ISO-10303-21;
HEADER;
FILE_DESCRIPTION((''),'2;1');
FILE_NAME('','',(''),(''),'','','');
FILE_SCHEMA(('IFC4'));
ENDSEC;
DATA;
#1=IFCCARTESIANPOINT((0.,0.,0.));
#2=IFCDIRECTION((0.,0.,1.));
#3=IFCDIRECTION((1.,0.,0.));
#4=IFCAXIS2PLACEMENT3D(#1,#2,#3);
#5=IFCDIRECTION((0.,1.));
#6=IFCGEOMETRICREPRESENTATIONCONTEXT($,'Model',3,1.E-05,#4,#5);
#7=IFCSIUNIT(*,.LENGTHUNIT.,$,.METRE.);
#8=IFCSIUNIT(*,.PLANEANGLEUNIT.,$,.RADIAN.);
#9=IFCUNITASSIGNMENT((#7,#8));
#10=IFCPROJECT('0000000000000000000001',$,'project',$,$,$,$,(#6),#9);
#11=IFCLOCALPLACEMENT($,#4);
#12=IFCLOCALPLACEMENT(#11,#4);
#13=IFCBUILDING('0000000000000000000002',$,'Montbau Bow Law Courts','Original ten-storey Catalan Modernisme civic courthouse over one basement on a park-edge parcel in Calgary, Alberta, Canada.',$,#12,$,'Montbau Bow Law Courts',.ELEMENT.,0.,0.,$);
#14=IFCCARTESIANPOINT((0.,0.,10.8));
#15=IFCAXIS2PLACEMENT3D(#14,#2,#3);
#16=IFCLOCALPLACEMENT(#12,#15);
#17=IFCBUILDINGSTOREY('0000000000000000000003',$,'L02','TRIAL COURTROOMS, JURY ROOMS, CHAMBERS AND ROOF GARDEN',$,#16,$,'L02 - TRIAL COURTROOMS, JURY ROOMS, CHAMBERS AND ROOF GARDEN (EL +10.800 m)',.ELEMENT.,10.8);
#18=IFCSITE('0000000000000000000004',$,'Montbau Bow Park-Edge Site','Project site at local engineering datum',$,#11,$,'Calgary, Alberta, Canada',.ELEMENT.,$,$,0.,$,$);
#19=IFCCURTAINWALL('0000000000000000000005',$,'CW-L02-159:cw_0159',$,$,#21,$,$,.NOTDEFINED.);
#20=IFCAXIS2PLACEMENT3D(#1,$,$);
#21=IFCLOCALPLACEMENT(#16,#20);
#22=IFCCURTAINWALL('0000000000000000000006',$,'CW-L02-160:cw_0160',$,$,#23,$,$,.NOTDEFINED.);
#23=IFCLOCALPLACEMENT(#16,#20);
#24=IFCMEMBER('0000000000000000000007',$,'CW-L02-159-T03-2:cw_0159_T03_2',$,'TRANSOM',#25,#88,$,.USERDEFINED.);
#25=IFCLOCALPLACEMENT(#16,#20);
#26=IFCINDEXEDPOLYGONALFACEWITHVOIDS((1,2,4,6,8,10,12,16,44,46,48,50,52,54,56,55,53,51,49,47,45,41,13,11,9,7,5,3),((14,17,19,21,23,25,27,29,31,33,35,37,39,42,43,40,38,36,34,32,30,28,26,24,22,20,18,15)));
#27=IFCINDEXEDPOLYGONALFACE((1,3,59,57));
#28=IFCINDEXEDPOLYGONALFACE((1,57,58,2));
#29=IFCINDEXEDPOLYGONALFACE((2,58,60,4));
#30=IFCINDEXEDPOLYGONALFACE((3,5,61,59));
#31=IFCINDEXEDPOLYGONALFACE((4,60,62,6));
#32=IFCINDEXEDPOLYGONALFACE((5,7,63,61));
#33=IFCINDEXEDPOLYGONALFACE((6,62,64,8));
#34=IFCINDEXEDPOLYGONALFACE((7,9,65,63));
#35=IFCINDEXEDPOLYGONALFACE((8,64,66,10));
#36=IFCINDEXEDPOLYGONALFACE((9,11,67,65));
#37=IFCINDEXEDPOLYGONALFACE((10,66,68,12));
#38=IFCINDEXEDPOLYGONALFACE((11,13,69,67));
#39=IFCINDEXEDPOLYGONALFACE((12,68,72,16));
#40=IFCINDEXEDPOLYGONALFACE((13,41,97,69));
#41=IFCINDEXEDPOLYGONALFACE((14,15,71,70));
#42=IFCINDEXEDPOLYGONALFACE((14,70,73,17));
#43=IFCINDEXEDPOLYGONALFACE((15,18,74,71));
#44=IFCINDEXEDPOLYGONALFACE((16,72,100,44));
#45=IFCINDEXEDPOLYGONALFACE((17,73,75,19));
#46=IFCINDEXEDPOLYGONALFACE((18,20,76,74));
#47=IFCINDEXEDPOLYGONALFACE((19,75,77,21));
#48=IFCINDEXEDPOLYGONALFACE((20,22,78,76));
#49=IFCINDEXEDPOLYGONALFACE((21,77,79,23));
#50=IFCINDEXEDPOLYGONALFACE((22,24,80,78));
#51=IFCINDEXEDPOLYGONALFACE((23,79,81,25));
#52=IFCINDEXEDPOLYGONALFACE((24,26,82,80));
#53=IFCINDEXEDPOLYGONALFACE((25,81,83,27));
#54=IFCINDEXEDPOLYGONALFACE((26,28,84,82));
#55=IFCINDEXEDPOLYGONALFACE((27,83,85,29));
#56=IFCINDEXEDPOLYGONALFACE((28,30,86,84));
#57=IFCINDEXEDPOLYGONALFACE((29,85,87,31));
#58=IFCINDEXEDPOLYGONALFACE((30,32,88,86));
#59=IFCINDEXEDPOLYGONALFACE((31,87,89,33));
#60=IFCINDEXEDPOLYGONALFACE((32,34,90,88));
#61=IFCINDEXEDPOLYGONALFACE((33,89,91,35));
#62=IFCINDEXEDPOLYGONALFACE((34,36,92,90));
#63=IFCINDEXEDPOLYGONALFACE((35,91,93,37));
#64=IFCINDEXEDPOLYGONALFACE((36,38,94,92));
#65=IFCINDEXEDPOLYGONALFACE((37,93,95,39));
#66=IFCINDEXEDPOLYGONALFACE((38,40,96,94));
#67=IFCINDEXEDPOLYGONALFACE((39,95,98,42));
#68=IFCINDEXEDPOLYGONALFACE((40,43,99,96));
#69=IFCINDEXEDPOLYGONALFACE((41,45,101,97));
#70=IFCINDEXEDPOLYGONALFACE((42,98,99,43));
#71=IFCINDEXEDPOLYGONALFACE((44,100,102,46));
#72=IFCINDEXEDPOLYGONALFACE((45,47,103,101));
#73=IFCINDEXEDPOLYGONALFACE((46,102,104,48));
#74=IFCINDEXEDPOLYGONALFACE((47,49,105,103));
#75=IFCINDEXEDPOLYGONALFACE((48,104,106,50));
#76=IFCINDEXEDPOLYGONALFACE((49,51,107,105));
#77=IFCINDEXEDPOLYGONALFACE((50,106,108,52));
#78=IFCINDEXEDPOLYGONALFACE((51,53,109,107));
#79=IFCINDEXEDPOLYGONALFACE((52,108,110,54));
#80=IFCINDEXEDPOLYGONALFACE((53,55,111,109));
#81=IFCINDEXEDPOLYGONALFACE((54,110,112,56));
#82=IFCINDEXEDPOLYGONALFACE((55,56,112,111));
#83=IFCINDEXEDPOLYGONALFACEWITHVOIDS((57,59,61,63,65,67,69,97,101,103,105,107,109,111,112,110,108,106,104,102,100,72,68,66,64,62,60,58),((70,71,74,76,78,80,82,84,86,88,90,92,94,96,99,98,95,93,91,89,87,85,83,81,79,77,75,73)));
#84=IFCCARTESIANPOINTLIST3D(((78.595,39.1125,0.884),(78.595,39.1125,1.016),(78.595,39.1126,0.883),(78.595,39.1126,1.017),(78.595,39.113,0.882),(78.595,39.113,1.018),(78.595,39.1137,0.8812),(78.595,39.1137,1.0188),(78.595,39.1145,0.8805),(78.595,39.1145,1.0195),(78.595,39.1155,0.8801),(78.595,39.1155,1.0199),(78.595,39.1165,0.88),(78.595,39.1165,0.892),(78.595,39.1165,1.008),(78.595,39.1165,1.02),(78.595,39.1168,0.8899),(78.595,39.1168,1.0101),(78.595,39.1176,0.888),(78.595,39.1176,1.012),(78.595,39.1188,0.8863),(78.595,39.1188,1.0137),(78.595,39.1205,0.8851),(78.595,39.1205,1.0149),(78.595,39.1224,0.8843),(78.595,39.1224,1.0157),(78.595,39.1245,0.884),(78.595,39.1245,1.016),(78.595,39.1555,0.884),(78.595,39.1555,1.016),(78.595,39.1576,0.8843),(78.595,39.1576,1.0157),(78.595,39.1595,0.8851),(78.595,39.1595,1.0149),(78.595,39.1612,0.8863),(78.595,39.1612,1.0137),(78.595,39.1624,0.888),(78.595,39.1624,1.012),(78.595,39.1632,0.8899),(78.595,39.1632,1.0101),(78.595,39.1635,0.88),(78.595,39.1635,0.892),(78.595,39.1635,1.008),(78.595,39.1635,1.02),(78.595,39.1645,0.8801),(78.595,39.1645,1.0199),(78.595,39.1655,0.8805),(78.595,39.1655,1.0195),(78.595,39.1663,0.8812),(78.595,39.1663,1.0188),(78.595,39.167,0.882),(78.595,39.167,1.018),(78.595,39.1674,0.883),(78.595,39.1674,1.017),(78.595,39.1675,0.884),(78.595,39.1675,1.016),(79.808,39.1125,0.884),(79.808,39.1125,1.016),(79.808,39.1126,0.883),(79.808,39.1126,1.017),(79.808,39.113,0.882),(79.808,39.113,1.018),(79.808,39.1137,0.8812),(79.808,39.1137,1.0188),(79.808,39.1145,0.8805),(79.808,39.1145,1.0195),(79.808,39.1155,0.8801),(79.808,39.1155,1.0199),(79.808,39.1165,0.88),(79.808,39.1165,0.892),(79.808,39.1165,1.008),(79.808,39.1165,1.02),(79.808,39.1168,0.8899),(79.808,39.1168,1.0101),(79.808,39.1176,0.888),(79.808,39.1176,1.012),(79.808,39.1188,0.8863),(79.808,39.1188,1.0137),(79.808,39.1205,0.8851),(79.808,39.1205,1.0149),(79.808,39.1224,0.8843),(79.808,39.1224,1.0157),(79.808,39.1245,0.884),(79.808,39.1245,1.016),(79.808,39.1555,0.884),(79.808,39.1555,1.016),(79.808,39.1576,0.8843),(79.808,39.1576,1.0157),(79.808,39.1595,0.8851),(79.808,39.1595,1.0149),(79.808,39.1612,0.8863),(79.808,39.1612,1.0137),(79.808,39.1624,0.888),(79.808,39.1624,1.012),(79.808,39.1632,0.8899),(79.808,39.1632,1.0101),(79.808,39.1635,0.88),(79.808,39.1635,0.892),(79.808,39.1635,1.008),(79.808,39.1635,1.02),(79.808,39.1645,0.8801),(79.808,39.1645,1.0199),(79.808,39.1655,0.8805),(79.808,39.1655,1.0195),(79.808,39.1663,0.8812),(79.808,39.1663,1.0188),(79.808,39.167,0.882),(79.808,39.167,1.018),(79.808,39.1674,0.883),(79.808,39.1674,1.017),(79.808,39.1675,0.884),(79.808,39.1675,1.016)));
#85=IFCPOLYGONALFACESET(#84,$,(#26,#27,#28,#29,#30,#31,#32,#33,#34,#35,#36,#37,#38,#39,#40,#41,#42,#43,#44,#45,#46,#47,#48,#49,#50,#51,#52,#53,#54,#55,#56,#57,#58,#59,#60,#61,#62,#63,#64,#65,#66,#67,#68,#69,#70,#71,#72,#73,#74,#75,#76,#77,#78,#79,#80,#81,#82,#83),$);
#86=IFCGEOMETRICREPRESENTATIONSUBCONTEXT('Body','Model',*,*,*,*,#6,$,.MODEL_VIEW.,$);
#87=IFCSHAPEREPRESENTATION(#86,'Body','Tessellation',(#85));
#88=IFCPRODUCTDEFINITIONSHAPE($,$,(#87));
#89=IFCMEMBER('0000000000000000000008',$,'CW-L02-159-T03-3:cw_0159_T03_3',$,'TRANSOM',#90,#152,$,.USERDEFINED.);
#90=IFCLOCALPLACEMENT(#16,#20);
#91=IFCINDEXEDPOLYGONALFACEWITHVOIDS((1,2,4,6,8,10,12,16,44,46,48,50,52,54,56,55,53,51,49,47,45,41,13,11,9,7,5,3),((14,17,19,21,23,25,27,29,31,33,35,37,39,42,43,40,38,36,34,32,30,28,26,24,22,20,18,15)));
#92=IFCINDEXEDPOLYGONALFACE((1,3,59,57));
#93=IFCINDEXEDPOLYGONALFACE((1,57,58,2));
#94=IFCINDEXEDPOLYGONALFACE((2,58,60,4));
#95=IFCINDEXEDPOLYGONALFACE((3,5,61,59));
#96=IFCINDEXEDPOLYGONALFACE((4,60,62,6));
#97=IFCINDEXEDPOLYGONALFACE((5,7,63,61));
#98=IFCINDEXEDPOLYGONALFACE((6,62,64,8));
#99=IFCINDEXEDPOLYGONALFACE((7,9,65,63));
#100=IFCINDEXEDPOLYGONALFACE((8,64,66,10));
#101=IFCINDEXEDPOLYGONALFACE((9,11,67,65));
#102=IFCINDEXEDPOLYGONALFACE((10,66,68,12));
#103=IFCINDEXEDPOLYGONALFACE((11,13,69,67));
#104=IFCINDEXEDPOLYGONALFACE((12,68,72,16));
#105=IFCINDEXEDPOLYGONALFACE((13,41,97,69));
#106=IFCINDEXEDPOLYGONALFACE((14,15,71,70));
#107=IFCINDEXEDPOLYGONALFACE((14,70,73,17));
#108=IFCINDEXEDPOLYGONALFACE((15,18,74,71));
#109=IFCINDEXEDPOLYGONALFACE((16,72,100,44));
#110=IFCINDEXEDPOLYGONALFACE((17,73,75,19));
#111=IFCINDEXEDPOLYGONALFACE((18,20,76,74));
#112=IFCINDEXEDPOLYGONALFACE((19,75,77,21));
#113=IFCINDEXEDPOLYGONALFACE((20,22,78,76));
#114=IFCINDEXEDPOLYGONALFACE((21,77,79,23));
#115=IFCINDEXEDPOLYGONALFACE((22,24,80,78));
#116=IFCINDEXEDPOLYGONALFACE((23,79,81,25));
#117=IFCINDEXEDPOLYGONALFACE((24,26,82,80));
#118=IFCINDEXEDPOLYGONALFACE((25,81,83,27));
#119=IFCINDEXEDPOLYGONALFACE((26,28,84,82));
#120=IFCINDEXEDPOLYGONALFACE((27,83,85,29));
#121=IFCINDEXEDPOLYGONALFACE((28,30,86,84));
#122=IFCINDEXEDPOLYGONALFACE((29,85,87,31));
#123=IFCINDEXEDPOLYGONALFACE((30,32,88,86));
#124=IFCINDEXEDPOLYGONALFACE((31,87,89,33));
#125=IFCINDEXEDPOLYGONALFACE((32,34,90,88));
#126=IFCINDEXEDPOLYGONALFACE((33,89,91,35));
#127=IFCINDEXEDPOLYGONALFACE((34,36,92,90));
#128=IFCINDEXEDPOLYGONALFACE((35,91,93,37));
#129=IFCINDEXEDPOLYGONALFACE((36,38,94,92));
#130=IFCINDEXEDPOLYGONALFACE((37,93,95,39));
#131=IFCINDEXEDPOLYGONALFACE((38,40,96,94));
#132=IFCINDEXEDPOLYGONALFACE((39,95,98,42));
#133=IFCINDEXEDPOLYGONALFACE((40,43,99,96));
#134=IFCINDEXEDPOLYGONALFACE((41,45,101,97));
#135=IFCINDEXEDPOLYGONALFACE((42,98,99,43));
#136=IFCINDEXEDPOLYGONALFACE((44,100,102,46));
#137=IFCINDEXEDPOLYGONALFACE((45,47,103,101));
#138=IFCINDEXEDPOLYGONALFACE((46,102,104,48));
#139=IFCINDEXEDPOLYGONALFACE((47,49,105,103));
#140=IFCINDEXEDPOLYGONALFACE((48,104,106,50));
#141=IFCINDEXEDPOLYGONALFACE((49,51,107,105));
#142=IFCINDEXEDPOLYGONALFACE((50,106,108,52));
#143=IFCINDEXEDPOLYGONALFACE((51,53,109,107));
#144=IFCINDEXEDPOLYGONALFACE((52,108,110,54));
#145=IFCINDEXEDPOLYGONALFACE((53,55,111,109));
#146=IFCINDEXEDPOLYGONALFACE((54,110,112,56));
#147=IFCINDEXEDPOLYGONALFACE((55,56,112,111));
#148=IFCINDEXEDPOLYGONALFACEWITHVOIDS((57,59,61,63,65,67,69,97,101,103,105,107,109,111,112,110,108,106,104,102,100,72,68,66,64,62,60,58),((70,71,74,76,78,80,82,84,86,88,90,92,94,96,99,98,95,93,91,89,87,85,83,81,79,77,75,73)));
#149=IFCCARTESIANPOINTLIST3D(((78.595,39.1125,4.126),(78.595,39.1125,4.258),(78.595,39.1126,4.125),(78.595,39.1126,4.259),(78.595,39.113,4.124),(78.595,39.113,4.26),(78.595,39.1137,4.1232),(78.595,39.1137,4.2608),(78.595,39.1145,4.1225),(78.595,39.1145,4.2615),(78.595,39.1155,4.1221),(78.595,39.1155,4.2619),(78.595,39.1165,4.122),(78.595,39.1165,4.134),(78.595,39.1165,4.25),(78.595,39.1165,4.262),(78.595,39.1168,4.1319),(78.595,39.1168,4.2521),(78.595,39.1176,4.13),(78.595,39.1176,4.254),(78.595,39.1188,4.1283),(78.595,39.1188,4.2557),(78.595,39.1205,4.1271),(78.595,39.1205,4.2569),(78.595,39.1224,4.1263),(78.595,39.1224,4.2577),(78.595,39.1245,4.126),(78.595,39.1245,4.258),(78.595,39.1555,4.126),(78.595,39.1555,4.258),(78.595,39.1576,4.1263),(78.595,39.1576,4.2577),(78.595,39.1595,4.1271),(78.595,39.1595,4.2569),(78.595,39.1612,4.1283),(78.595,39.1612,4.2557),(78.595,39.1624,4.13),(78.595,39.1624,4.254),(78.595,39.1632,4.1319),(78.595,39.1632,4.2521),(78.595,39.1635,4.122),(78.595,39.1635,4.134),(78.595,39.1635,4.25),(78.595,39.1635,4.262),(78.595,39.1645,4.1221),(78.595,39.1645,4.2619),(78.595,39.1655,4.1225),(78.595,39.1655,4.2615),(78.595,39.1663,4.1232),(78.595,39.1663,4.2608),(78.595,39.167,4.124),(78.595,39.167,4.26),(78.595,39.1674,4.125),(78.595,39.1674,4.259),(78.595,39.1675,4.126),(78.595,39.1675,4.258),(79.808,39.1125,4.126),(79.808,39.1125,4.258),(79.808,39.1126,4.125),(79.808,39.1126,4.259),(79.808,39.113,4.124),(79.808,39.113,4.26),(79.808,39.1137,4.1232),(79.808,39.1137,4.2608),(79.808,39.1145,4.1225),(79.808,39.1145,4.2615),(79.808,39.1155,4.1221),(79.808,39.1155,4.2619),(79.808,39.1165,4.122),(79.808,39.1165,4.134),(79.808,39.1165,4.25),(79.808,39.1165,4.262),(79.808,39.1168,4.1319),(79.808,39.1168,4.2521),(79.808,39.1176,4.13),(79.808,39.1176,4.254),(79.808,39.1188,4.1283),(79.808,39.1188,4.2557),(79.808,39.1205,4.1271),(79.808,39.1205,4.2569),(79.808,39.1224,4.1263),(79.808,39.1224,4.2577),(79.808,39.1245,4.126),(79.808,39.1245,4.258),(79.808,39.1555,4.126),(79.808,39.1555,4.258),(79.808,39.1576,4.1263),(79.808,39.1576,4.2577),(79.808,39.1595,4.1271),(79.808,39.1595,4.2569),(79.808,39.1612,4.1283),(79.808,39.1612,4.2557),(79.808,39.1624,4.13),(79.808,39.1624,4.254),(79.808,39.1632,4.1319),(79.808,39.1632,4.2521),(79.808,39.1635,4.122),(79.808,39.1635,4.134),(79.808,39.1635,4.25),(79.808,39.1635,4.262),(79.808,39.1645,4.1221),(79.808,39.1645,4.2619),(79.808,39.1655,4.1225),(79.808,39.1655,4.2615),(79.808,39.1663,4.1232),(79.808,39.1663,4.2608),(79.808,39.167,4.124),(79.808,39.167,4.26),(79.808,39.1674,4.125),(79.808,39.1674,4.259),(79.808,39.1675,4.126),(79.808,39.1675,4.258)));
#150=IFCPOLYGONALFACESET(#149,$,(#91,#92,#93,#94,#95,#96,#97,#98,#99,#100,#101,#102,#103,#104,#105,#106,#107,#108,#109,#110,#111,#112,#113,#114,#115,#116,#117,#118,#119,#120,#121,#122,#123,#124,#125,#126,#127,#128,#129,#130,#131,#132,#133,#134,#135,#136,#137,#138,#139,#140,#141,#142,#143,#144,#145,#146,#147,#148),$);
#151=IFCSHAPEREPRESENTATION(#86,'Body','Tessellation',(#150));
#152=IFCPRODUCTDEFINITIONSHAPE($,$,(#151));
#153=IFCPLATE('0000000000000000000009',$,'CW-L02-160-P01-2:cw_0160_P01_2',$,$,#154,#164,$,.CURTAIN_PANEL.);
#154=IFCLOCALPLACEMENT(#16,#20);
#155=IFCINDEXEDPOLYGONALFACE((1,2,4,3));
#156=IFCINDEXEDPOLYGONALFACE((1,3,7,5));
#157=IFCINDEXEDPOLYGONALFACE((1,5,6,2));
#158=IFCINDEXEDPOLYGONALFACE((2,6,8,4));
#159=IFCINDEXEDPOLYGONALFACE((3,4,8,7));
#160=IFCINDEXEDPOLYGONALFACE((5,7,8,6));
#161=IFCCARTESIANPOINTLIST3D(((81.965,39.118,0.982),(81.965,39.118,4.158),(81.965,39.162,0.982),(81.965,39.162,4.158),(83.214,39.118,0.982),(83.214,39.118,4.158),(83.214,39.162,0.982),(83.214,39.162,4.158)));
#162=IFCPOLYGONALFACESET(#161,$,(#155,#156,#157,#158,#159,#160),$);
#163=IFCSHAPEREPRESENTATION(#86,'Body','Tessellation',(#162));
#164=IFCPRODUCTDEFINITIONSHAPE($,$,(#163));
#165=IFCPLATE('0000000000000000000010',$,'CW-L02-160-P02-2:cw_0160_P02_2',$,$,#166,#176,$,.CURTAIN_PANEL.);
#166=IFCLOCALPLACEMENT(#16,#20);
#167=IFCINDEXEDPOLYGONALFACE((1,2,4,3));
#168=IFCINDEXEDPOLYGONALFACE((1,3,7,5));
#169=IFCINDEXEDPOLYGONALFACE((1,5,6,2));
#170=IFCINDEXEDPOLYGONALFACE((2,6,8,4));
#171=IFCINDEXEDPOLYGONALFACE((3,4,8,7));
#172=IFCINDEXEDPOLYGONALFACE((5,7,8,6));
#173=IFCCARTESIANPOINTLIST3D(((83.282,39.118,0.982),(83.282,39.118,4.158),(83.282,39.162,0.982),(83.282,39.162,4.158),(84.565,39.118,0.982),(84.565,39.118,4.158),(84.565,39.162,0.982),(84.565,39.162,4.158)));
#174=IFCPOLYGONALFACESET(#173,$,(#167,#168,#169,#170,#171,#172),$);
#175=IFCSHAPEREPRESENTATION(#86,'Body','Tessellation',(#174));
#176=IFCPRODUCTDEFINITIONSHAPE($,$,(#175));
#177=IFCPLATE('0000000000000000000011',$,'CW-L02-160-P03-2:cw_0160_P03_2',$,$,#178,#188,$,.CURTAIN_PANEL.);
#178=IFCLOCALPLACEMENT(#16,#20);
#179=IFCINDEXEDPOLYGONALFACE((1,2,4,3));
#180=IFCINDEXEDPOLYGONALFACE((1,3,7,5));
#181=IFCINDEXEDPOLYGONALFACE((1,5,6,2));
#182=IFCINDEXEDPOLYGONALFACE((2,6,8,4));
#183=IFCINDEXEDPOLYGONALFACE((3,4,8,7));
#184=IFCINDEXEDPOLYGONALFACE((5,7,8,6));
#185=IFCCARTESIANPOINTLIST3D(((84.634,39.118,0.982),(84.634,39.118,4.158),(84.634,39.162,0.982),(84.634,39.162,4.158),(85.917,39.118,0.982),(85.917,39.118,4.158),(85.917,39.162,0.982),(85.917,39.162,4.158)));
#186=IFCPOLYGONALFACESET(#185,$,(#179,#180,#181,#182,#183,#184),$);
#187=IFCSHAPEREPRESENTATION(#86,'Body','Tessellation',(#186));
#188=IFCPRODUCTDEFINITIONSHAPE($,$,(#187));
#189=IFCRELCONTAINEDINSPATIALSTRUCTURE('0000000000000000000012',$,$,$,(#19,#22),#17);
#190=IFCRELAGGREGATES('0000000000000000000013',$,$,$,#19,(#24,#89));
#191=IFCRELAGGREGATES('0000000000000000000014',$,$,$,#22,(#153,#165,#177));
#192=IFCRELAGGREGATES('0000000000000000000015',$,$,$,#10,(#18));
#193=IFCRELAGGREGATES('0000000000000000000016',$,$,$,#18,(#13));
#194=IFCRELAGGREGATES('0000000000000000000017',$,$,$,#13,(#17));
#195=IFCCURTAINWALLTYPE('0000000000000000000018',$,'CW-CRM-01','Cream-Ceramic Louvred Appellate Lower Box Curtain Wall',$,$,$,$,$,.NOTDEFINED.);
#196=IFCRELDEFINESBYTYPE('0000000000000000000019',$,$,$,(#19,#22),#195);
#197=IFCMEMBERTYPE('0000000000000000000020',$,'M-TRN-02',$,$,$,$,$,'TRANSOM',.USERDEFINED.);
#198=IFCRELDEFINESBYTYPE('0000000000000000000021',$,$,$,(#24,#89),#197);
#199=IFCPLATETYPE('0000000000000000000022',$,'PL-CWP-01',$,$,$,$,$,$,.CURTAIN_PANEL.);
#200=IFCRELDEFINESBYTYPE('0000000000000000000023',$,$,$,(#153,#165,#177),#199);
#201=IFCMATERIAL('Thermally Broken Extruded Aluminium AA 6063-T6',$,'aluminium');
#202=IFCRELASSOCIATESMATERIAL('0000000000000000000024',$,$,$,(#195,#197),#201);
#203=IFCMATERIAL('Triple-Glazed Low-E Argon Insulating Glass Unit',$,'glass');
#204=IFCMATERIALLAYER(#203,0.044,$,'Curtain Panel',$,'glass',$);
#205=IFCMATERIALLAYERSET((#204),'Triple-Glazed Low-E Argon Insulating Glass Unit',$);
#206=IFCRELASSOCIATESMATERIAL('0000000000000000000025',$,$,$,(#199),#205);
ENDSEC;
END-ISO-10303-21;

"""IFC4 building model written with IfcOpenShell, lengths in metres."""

from ifc_helpers import new_model, si_unit, direction, frame, frame_2d, origin_with_axes, origin_2d_with_axis, place, context, subcontext, project, spatial, rectangle, hollow_rectangle, extrude, material, layer, layer_set, material_profile, profile_set, type_object, element, aggregate, save


model = new_model("IFC4")

# Units and contexts
model_context = context("Model", 3, precision=1e-05, world=origin_with_axes(), true_north=direction((0.0, 1.0)))
body_context = subcontext(model_context, "Body", "Model", "MODEL_VIEW")
ifc_project = project(units=[si_unit("LENGTHUNIT", "METRE"), si_unit("PLANEANGLEUNIT", "RADIAN")], contexts=[model_context])

# Site, building, storey
site_placement = place(None, origin_with_axes())
site = spatial("IfcSite", under=ifc_project, at=site_placement, Name="Montbau Bow Park-Edge Site", Description="Project site at local engineering datum", LongName="Calgary, Alberta, Canada", CompositionType="ELEMENT", RefElevation=0.0)
building_placement = place(site_placement, origin_with_axes())
building = spatial("IfcBuilding", under=site, at=building_placement, Name="Montbau Bow Law Courts", Description="Original ten-storey Catalan Modernisme civic courthouse over one basement on a park-edge parcel in Calgary, Alberta, Canada.", LongName="Montbau Bow Law Courts", CompositionType="ELEMENT", ElevationOfRefHeight=0.0, ElevationOfTerrain=0.0)
storey_placement = place(building_placement, frame((0.0, 0.0, 10.8), z_axis=(0.0, 0.0, 1.0), x_axis=(1.0, 0.0, 0.0)))
storey = spatial("IfcBuildingStorey", under=building, at=storey_placement, Name="L02", Description="TRIAL COURTROOMS, JURY ROOMS, CHAMBERS AND ROOF GARDEN", LongName="L02 - TRIAL COURTROOMS, JURY ROOMS, CHAMBERS AND ROOF GARDEN (EL +10.800 m)", CompositionType="ELEMENT", Elevation=10.8)

# Curtain wall
ifc_material_1 = material(Name="Thermally Broken Extruded Aluminium AA 6063-T6", Category="aluminium")
curtain_wall_type = type_object("IfcCurtainWallType", Name="CW-CRM-01", Description="Cream-Ceramic Louvred Appellate Lower Box Curtain Wall", PredefinedType="NOTDEFINED", material=ifc_material_1)
curtain_wall_1_placement = place(None, frame((75.897, 39.14, 10.8), z_axis=(0.0, 0.0, 1.0), x_axis=(1.0, 0.0, 0.0)))
curtain_wall_1 = element("IfcCurtainWall", 1, at=curtain_wall_1_placement, inside=storey, type_object=curtain_wall_type, Name="CW-L02-159:cw_0159", PredefinedType="NOTDEFINED")

# Curtain wall
curtain_wall_2_placement = place(None, frame((81.897, 39.14, 10.8), z_axis=(0.0, 0.0, 1.0), x_axis=(1.0, 0.0, 0.0)))
curtain_wall_2 = element("IfcCurtainWall", 2, at=curtain_wall_2_placement, inside=storey, type_object=curtain_wall_type, Name="CW-L02-160:cw_0160", PredefinedType="NOTDEFINED")

# Members
ifc_material_profile_1 = material_profile(ifc_material_1, hollow_rectangle(XDim=0.055, YDim=0.14, WallThickness=0.004, InnerFilletRadius=0.008, OuterFilletRadius=0.004, at=origin_2d_with_axis()), Name="CWT-140X55", Category="Main", Priority=0)
ifc_profile_set_1 = profile_set([ifc_material_profile_1], Name="Thermally Broken Extruded Aluminium AA 6063-T6")
member_type_1 = type_object("IfcMemberType", Name="M-TRN-02", ElementType="TRANSOM", PredefinedType="USERDEFINED", material=ifc_profile_set_1)
member_1_placement = place(None, frame((78.595, 39.14, 11.75), z_axis=(1.0, 0.0, 0.0), x_axis=(0.0, 1.0, 0.0)))
member_1 = element("IfcMember", 3, at=member_1_placement, type_object=member_type_1, Name="CW-L02-159-T03-2:cw_0159_T03_2", ObjectType="TRANSOM", PredefinedType="USERDEFINED", context=body_context, shape_type="SweptSolid", body=[
    extrude(hollow_rectangle(XDim=0.055, YDim=0.14, WallThickness=0.004, InnerFilletRadius=0.008, OuterFilletRadius=0.004, at=origin_2d_with_axis()), origin_with_axes(), (0.0, 0.0, 1.0), 1.213),
])
member_2_placement = place(None, frame((78.595, 39.14, 14.992), z_axis=(1.0, 0.0, 0.0), x_axis=(0.0, 1.0, 0.0)))
member_2 = element("IfcMember", 4, at=member_2_placement, type_object=member_type_1, Name="CW-L02-159-T03-3:cw_0159_T03_3", ObjectType="TRANSOM", PredefinedType="USERDEFINED", context=body_context, shape_type="SweptSolid", body=[
    extrude(hollow_rectangle(XDim=0.055, YDim=0.14, WallThickness=0.004, InnerFilletRadius=0.008, OuterFilletRadius=0.004, at=origin_2d_with_axis()), origin_with_axes(), (0.0, 0.0, 1.0), 1.213),
])
aggregate(curtain_wall_1, [member_1, member_2])

# Plates
ifc_material_2 = material(Name="Triple-Glazed Low-E Argon Insulating Glass Unit", Category="glass")
ifc_layer_1 = layer(ifc_material_2, 0.044, Name="Curtain Panel", Category="glass")
ifc_layer_set_1 = layer_set([ifc_layer_1], Name="Triple-Glazed Low-E Argon Insulating Glass Unit")
plate_type_1 = type_object("IfcPlateType", Name="PL-CWP-01", PredefinedType="CURTAIN_PANEL", material=ifc_layer_set_1)
plate_1_placement = place(None, frame((81.965, 39.14, 11.782), z_axis=(0.0, -1.0, 0.0), x_axis=(1.0, 0.0, 0.0)))
plate_1 = element("IfcPlate", 5, at=plate_1_placement, type_object=plate_type_1, Name="CW-L02-160-P01-2:cw_0160_P01_2", PredefinedType="CURTAIN_PANEL", context=body_context, shape_type="SweptSolid", body=[
    extrude(rectangle(XDim=1.249, YDim=3.176, at=frame_2d((0.6245, 1.588), x_axis=(1.0, 0.0))), frame((0.0, 0.0, -0.022), z_axis=(0.0, 0.0, 1.0), x_axis=(1.0, 0.0, 0.0)), (0.0, 0.0, 1.0), 0.044),
])
plate_2_placement = place(None, frame((83.282, 39.14, 11.782), z_axis=(0.0, -1.0, 0.0), x_axis=(1.0, 0.0, 0.0)))
plate_2 = element("IfcPlate", 6, at=plate_2_placement, type_object=plate_type_1, Name="CW-L02-160-P02-2:cw_0160_P02_2", PredefinedType="CURTAIN_PANEL", context=body_context, shape_type="SweptSolid", body=[
    extrude(rectangle(XDim=1.283, YDim=3.176, at=frame_2d((0.6415, 1.588), x_axis=(1.0, 0.0))), frame((0.0, 0.0, -0.022), z_axis=(0.0, 0.0, 1.0), x_axis=(1.0, 0.0, 0.0)), (0.0, 0.0, 1.0), 0.044),
])
plate_3_placement = place(None, frame((84.634, 39.14, 11.782), z_axis=(0.0, -1.0, 0.0), x_axis=(1.0, 0.0, 0.0)))
plate_3 = element("IfcPlate", 7, at=plate_3_placement, type_object=plate_type_1, Name="CW-L02-160-P03-2:cw_0160_P03_2", PredefinedType="CURTAIN_PANEL", context=body_context, shape_type="SweptSolid", body=[
    extrude(rectangle(XDim=1.283, YDim=3.176, at=frame_2d((0.6415, 1.588), x_axis=(1.0, 0.0))), frame((0.0, 0.0, -0.022), z_axis=(0.0, 0.0, 1.0), x_axis=(1.0, 0.0, 0.0)), (0.0, 0.0, 1.0), 0.044),
])
aggregate(curtain_wall_2, [plate_1, plate_2, plate_3])

save(model, "model.ifc")
